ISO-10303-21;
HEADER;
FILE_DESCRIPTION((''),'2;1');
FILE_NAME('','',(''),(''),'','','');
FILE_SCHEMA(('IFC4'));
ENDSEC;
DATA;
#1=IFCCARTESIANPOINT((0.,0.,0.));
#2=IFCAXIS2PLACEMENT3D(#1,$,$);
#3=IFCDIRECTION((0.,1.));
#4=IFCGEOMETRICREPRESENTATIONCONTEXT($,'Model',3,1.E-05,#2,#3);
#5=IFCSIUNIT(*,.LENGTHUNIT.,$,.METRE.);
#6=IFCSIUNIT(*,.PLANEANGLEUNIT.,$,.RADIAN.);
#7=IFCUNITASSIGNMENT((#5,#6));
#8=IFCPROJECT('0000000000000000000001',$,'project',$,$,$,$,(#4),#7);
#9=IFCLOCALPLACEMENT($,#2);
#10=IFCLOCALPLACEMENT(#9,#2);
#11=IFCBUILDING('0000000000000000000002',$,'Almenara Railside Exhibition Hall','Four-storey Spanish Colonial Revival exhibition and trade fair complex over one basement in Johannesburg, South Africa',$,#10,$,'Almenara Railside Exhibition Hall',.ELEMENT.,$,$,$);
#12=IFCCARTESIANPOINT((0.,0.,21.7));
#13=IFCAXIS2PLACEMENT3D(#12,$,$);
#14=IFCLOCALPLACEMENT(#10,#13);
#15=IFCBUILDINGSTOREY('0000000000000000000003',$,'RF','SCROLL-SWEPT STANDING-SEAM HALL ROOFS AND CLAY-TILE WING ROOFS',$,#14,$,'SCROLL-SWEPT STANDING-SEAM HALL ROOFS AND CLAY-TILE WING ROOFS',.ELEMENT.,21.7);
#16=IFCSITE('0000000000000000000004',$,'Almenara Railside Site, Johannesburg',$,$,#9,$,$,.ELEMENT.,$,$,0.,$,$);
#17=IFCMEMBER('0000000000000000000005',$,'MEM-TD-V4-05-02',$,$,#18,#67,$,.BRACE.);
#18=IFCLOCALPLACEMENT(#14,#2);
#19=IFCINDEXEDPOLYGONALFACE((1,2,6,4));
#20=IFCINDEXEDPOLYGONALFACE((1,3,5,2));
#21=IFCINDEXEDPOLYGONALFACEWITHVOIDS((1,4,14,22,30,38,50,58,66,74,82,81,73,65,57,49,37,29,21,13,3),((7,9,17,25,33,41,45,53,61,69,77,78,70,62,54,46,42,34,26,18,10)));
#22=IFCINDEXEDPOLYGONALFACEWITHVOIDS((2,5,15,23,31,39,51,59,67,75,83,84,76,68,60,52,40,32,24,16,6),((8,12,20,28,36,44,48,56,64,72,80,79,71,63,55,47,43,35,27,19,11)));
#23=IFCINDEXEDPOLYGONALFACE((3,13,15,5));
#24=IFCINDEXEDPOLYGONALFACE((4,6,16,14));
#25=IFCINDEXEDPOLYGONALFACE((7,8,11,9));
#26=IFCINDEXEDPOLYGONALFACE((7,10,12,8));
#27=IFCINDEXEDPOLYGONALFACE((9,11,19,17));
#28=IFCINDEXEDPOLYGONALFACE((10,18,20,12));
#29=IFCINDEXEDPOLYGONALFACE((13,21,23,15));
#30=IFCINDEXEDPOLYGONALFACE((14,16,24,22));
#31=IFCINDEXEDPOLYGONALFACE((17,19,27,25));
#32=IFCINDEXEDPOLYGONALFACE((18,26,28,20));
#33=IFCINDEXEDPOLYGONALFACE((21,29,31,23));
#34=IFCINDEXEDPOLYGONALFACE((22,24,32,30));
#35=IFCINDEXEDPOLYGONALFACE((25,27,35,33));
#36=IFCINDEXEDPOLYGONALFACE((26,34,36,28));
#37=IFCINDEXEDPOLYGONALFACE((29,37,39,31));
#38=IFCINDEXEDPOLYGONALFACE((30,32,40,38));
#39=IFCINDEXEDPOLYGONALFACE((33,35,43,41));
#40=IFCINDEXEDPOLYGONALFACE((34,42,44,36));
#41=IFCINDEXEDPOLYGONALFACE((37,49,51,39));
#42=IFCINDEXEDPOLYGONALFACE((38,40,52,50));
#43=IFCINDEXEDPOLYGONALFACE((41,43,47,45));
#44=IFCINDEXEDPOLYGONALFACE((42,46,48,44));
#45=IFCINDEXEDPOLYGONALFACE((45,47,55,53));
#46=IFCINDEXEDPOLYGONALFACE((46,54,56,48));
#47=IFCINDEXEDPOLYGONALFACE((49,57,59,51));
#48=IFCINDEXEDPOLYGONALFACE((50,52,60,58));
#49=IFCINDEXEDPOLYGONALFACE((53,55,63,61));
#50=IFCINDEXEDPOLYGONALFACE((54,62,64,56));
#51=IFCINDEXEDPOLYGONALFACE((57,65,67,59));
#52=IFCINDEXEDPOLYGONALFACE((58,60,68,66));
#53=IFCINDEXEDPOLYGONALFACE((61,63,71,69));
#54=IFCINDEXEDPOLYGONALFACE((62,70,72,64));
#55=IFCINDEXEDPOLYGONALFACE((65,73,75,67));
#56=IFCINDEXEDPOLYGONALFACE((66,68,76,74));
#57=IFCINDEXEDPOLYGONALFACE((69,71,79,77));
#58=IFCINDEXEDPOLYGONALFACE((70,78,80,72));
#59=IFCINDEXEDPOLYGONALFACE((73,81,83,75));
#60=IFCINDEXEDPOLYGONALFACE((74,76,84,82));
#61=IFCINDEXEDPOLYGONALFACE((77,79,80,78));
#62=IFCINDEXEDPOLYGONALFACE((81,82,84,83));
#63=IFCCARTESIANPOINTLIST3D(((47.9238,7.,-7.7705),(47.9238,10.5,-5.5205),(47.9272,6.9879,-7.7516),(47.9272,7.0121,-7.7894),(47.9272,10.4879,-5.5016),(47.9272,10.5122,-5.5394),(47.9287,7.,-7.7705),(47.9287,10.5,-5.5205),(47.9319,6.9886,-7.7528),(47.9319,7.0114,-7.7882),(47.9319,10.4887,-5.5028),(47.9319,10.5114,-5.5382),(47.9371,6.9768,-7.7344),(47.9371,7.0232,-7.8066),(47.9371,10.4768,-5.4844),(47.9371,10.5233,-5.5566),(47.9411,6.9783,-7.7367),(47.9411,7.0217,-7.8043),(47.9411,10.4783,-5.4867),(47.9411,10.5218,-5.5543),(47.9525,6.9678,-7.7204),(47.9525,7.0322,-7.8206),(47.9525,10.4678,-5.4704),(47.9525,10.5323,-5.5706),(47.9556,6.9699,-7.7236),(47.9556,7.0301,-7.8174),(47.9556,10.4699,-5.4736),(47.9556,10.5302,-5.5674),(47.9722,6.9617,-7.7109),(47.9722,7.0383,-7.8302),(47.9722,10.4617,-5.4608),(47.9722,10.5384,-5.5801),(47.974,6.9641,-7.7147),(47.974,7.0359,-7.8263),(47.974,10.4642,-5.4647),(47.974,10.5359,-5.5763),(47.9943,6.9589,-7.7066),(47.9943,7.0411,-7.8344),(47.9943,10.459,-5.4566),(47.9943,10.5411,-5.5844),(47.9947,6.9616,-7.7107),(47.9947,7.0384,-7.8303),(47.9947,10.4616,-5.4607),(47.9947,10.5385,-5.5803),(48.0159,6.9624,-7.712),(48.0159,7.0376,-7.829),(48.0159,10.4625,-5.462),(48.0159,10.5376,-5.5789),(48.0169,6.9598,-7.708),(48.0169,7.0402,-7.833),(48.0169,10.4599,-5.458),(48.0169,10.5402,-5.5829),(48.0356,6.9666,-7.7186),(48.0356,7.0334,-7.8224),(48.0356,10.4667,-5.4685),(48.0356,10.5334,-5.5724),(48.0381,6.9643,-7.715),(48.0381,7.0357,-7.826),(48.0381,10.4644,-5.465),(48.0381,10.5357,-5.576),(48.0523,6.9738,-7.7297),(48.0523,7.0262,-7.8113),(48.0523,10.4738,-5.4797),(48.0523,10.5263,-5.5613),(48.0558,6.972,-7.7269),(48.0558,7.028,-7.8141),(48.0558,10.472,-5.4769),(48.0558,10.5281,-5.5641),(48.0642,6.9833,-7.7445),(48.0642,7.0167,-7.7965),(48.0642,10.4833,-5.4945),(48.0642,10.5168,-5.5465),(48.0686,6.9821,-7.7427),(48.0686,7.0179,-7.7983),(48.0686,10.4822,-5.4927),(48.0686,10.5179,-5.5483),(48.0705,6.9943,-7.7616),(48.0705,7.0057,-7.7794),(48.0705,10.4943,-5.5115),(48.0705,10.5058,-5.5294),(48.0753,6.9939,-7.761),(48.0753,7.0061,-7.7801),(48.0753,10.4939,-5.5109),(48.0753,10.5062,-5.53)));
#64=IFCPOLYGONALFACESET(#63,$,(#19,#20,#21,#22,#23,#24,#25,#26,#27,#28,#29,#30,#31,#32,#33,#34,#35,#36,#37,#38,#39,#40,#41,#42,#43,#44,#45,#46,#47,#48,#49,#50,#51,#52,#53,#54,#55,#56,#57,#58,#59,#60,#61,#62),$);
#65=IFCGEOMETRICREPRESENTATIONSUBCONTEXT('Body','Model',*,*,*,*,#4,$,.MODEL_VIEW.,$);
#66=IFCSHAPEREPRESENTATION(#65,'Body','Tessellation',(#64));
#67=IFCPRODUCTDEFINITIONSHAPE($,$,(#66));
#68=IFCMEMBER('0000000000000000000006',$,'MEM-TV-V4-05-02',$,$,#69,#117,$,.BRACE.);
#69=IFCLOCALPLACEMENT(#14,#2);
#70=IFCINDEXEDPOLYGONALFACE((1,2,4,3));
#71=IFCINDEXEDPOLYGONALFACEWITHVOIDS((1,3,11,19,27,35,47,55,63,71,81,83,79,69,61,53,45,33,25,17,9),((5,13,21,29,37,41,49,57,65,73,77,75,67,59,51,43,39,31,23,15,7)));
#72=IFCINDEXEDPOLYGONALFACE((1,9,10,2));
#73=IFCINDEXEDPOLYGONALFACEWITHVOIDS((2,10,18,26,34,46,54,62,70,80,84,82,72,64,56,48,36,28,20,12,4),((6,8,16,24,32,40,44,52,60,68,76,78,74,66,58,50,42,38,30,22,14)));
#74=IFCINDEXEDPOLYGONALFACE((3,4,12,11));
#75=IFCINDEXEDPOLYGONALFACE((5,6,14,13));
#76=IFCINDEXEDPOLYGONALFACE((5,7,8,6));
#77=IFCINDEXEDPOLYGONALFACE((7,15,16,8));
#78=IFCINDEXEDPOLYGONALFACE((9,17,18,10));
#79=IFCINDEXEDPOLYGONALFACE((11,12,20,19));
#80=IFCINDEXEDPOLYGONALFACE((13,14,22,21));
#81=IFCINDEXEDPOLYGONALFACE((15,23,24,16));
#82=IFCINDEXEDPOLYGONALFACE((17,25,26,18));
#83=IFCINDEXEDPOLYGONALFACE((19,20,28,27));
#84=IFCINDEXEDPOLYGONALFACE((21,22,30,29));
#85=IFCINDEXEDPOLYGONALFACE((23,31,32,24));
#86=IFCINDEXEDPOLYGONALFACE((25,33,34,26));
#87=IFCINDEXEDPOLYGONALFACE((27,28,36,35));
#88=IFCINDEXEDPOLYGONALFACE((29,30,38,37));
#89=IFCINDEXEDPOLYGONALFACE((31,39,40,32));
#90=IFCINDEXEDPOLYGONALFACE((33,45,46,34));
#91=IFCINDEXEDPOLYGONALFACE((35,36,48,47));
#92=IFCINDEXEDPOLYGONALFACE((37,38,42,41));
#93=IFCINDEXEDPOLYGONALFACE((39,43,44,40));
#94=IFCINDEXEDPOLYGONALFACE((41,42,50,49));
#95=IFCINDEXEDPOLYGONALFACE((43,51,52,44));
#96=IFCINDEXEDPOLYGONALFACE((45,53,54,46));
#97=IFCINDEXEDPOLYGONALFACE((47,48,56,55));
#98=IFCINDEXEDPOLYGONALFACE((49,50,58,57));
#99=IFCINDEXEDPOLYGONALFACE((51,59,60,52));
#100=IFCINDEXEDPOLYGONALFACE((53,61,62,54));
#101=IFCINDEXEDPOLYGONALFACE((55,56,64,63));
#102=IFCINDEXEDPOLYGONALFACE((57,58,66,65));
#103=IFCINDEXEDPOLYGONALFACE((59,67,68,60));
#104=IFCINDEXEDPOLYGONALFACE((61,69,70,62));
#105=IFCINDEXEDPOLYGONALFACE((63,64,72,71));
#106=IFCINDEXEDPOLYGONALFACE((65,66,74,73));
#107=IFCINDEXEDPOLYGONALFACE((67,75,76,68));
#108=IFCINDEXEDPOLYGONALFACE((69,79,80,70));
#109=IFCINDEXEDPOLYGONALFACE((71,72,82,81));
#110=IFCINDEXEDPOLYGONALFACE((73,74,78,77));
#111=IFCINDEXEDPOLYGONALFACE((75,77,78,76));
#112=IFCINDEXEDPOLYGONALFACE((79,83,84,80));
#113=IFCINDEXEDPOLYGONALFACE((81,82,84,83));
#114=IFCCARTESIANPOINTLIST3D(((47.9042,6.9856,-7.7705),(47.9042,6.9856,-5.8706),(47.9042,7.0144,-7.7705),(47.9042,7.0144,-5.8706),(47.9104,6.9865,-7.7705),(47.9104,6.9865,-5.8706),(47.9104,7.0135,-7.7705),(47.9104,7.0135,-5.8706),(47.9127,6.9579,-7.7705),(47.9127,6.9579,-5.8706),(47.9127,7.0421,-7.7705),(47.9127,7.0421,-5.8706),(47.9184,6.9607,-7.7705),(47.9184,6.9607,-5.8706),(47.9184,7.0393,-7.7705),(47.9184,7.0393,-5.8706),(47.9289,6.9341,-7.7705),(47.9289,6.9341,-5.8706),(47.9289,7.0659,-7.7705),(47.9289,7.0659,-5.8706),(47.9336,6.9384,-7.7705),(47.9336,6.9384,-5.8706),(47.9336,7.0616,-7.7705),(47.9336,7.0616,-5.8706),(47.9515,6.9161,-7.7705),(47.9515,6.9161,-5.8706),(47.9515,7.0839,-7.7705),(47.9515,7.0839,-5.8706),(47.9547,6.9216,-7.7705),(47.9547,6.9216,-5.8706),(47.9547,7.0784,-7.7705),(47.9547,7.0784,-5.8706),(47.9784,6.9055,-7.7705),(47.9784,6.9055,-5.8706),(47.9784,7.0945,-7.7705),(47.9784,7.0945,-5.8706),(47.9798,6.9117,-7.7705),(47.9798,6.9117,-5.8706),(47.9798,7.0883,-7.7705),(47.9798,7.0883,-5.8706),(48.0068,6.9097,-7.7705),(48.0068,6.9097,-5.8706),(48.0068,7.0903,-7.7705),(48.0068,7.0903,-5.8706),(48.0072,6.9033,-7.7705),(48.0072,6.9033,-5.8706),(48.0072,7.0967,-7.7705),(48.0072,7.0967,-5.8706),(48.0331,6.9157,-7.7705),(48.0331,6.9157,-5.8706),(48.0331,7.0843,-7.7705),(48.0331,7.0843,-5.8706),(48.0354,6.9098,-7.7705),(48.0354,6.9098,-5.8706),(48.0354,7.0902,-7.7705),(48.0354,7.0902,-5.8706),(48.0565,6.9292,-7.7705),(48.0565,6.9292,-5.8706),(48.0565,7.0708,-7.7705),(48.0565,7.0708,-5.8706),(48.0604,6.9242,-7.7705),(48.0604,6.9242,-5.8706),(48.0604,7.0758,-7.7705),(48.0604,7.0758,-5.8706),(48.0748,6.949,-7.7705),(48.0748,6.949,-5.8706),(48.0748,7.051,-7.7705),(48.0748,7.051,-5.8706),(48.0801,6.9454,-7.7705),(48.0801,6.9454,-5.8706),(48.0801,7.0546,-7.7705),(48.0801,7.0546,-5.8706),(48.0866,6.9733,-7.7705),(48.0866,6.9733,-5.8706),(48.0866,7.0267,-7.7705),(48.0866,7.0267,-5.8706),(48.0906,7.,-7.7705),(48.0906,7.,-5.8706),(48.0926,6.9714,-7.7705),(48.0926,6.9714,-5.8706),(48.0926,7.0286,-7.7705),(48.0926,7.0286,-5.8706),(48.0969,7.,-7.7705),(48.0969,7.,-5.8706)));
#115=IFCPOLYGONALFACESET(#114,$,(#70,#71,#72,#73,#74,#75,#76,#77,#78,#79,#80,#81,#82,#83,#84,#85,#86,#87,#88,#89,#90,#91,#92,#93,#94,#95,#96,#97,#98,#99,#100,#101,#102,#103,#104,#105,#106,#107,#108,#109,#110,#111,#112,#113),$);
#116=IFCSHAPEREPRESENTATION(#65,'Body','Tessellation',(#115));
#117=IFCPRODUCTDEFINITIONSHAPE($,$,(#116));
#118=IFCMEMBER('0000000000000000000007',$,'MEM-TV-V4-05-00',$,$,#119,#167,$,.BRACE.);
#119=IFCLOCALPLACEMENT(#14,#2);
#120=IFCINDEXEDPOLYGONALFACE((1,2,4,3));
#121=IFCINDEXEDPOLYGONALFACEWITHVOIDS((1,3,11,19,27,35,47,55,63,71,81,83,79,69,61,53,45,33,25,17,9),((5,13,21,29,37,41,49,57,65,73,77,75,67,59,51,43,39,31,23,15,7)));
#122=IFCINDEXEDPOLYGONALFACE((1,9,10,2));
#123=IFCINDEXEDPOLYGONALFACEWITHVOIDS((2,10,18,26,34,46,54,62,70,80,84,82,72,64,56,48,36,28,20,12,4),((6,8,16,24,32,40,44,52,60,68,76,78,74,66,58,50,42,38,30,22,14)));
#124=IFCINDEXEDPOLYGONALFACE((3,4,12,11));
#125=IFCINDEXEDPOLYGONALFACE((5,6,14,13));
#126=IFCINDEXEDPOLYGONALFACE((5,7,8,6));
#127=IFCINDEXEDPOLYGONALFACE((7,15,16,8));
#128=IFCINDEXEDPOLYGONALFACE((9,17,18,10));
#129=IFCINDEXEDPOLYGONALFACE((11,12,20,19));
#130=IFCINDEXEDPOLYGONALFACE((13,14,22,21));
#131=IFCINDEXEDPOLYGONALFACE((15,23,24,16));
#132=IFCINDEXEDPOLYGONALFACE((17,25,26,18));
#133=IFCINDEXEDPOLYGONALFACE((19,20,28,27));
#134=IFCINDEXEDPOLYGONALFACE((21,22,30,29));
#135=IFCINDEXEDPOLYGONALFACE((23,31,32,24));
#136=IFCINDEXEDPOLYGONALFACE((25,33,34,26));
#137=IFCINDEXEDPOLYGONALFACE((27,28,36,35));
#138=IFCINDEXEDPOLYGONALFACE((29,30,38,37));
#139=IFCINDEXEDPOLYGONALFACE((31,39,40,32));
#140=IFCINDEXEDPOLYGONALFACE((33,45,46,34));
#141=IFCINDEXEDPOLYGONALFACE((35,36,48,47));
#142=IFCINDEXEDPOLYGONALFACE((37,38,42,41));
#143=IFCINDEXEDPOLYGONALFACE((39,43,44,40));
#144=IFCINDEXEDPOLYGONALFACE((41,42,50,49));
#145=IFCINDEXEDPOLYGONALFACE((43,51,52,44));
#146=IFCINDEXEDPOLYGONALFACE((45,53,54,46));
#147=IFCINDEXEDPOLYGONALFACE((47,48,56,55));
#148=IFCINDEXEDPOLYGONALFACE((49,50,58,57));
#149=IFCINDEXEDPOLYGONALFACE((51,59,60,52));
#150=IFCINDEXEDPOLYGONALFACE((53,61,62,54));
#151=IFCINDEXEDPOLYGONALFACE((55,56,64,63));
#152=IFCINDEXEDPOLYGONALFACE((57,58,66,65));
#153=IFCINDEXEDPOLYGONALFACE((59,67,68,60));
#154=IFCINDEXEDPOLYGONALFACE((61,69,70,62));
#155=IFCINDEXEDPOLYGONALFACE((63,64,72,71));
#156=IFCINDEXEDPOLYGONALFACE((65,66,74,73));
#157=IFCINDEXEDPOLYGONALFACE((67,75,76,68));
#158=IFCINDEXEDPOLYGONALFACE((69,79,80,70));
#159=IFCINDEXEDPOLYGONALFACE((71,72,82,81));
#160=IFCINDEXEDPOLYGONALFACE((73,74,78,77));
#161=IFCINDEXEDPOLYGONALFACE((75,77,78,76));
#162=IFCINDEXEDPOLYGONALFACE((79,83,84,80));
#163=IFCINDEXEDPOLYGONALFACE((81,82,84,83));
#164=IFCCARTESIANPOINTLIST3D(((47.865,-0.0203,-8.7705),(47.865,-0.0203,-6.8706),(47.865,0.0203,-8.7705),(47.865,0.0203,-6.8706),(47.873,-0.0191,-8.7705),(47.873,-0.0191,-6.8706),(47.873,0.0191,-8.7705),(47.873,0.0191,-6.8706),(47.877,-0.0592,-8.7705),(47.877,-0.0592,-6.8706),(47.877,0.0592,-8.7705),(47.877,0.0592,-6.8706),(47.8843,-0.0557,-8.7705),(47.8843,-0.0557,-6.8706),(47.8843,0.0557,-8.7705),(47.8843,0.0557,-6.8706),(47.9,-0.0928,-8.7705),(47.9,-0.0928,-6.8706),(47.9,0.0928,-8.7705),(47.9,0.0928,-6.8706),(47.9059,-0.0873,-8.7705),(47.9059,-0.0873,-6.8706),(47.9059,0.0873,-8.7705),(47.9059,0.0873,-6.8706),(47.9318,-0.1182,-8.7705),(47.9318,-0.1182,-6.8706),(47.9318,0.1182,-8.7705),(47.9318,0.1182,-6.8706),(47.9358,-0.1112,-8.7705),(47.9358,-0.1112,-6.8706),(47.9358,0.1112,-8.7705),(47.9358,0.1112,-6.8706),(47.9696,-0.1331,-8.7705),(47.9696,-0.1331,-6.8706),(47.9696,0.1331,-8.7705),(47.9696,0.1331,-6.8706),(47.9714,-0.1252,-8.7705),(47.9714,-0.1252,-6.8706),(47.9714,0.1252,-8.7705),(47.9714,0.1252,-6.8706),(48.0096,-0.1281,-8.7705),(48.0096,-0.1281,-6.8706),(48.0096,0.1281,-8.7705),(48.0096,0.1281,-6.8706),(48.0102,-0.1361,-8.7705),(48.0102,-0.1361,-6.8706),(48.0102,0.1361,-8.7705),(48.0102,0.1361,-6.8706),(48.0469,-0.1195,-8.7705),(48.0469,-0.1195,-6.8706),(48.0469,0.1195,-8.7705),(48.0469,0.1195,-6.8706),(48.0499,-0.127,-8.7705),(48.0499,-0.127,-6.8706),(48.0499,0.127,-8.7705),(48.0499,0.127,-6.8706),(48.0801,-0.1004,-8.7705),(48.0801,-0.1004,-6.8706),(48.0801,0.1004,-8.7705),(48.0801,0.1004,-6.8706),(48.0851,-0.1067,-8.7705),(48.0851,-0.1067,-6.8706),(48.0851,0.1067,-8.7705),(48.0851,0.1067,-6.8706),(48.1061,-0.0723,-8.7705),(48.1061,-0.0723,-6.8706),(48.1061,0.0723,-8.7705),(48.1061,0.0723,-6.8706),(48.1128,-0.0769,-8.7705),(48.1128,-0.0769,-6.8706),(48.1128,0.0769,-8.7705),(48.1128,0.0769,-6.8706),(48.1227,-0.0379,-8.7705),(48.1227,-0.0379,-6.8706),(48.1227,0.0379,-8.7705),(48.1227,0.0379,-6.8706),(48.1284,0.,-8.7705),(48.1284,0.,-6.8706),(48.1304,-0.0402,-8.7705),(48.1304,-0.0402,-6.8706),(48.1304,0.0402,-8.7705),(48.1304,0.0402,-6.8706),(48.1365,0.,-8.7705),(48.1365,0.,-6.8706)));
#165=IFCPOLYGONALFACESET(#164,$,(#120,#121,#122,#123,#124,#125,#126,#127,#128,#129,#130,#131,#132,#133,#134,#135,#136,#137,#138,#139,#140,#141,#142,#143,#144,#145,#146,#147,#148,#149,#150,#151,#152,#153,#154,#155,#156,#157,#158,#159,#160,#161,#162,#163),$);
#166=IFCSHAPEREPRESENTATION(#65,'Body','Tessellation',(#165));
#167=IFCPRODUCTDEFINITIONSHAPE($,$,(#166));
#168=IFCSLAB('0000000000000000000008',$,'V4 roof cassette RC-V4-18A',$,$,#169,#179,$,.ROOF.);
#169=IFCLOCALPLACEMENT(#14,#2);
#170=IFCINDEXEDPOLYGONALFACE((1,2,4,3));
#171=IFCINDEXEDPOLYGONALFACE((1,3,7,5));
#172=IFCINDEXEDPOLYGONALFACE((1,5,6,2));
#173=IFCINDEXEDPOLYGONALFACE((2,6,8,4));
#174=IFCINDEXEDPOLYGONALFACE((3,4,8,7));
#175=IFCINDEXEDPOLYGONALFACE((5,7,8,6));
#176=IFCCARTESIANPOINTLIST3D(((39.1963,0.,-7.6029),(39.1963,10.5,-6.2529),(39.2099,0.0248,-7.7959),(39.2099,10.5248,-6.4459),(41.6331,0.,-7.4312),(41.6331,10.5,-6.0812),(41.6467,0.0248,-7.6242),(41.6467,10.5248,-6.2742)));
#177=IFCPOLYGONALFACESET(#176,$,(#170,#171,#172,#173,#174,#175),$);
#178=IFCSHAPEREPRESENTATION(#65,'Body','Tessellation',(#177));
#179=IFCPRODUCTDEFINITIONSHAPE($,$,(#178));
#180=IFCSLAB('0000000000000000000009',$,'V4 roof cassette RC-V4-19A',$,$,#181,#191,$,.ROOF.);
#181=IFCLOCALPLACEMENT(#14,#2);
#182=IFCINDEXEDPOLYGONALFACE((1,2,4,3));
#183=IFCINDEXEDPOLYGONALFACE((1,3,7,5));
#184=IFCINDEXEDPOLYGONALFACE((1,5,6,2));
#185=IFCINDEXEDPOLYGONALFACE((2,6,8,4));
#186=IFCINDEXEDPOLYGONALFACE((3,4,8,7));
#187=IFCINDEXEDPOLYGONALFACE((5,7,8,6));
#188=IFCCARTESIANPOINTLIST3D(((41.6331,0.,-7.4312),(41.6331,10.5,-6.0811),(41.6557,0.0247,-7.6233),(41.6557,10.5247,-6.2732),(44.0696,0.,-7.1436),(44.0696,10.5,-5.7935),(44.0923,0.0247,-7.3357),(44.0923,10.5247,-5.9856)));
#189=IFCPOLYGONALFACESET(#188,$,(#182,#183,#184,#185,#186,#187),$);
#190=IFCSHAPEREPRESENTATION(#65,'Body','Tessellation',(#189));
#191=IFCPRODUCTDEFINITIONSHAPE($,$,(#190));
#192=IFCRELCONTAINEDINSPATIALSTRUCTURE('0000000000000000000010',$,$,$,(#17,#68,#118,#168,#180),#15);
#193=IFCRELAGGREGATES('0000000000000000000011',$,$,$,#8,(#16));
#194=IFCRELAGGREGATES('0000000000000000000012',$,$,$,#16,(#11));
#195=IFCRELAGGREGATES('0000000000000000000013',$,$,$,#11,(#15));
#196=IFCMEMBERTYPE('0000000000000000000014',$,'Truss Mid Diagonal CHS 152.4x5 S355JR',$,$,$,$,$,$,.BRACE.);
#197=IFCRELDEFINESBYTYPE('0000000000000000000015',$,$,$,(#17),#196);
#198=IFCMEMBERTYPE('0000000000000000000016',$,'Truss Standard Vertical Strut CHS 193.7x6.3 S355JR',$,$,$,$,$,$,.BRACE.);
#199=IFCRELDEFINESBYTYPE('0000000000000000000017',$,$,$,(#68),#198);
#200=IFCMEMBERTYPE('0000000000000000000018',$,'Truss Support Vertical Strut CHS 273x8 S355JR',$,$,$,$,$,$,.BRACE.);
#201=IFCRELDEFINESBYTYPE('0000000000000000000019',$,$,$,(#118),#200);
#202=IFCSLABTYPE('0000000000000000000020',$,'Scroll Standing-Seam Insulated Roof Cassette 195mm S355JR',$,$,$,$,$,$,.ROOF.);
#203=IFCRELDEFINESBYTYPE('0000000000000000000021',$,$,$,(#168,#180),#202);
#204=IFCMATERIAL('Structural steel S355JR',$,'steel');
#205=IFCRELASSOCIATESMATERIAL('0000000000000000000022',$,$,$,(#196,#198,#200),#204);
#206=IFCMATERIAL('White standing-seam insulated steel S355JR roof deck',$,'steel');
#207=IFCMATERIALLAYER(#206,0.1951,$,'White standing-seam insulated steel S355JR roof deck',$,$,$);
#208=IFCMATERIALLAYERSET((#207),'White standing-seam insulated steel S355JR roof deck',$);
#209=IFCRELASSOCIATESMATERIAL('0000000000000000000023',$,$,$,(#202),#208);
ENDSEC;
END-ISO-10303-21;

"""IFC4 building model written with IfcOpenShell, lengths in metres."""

from ifc_helpers import new_model, si_unit, direction, frame, origin, origin_2d, place, context, subcontext, project, spatial, polyline, hollow_circle, outline, extrude, material, layer, layer_set, material_profile, profile_set, type_object, element, save


model = new_model("IFC4")

# Units and contexts
model_context = context("Model", 3, precision=1e-05, world=origin(), true_north=direction((0.0, 1.0)))
body_context = subcontext(model_context, "Body", "Model", "MODEL_VIEW")
ifc_project = project(units=[si_unit("LENGTHUNIT", "METRE"), si_unit("PLANEANGLEUNIT", "RADIAN")], contexts=[model_context])

# Site, building, storey
site_placement = place(None, origin())
site = spatial("IfcSite", under=ifc_project, at=site_placement, Name="Almenara Railside Site, Johannesburg", CompositionType="ELEMENT", RefElevation=0.0)
building_placement = place(site_placement, origin())
building = spatial("IfcBuilding", under=site, at=building_placement, Name="Almenara Railside Exhibition Hall", Description="Four-storey Spanish Colonial Revival exhibition and trade fair complex over one basement in Johannesburg, South Africa", LongName="Almenara Railside Exhibition Hall", CompositionType="ELEMENT")
storey_placement = place(building_placement, frame((0.0, 0.0, 21.7)))
storey = spatial("IfcBuildingStorey", under=building, at=storey_placement, Name="RF", Description="SCROLL-SWEPT STANDING-SEAM HALL ROOFS AND CLAY-TILE WING ROOFS", LongName="SCROLL-SWEPT STANDING-SEAM HALL ROOFS AND CLAY-TILE WING ROOFS", CompositionType="ELEMENT", Elevation=21.7)

# Shared definitions
ifc_material_1 = material(Name="Structural steel S355JR", Category="steel")

# Members
ifc_material_profile_1 = material_profile(ifc_material_1, hollow_circle(Radius=0.0762, WallThickness=0.0049, at=origin_2d()), Name="CHS 152.4x5")
ifc_profile_set_1 = profile_set([ifc_material_profile_1], Name="Structural steel S355JR")
member_type_1 = type_object("IfcMemberType", Name="Truss Mid Diagonal CHS 152.4x5 S355JR", PredefinedType="BRACE", material=ifc_profile_set_1)
member_1_placement = place(storey_placement, frame((48.0, 7.0, -7.7705), z_axis=(0.0, 0.841178, 0.540758), x_axis=(-1.0, 0.0, 0.0)))
element("IfcMember", 1, at=member_1_placement, inside=storey, type_object=member_type_1, Name="MEM-TD-V4-05-02", PredefinedType="BRACE", context=body_context, shape_type="SweptSolid", body=[
    extrude(hollow_circle(Radius=0.0762, WallThickness=0.0049, at=origin_2d()), origin(), (0.0, 0.0, 1.0), 4.1609),
])
ifc_material_profile_2 = material_profile(ifc_material_1, hollow_circle(Radius=0.0969, WallThickness=0.0063, at=origin_2d()), Name="CHS 193.7x6.3")
ifc_profile_set_2 = profile_set([ifc_material_profile_2], Name="Structural steel S355JR")
member_type_2 = type_object("IfcMemberType", Name="Truss Standard Vertical Strut CHS 193.7x6.3 S355JR", PredefinedType="BRACE", material=ifc_profile_set_2)
member_2_placement = place(storey_placement, frame((48.0, 7.0, -7.7705), z_axis=(0.0, 0.0, 1.0), x_axis=(1.0, 0.0, 0.0)))
element("IfcMember", 2, at=member_2_placement, inside=storey, type_object=member_type_2, Name="MEM-TV-V4-05-02", PredefinedType="BRACE", context=body_context, shape_type="SweptSolid", body=[
    extrude(hollow_circle(Radius=0.0969, WallThickness=0.0063, at=origin_2d()), origin(), (0.0, 0.0, 1.0), 1.8999),
])
ifc_material_profile_3 = material_profile(ifc_material_1, hollow_circle(Radius=0.1365, WallThickness=0.0081, at=origin_2d()), Name="CHS 273x8")
ifc_profile_set_3 = profile_set([ifc_material_profile_3], Name="Structural steel S355JR")
member_type_3 = type_object("IfcMemberType", Name="Truss Support Vertical Strut CHS 273x8 S355JR", PredefinedType="BRACE", material=ifc_profile_set_3)
member_3_placement = place(storey_placement, frame((48.0, 0.0, -8.7705), z_axis=(0.0, 0.0, 1.0), x_axis=(1.0, 0.0, 0.0)))
element("IfcMember", 3, at=member_3_placement, inside=storey, type_object=member_type_3, Name="MEM-TV-V4-05-00", PredefinedType="BRACE", context=body_context, shape_type="SweptSolid", body=[
    extrude(hollow_circle(Radius=0.1365, WallThickness=0.0081, at=origin_2d()), origin(), (0.0, 0.0, 1.0), 1.8999),
])

# Slabs
ifc_material_2 = material(Name="White standing-seam insulated steel S355JR roof deck", Category="steel")
ifc_layer_1 = layer(ifc_material_2, 0.1951, Name="White standing-seam insulated steel S355JR roof deck")
ifc_layer_set_1 = layer_set([ifc_layer_1], Name="White standing-seam insulated steel S355JR roof deck")
slab_type = type_object("IfcSlabType", Name="Scroll Standing-Seam Insulated Roof Cassette 195mm S355JR", PredefinedType="ROOF", material=ifc_layer_set_1)
slab_1_placement = place(storey_placement, frame((39.1963, 10.5, -6.2529), z_axis=(-0.069738, -0.127209, 0.989421), x_axis=(0.997525, 0.000006, 0.07031)))
element("IfcSlab", 4, at=slab_1_placement, inside=storey, type_object=slab_type, Name="V4 roof cassette RC-V4-18A", PredefinedType="ROOF", context=body_context, shape_type="SweptSolid", body=[
    extrude(outline(polyline([(0.0, 0.0), (2.4428, 0.0), (2.3478, -10.586), (-0.095, -10.586), (0.0, 0.0)])), origin(), (0.0, 0.0, -1.0), 0.1951),
])
slab_2_placement = place(storey_placement, frame((41.6331, 10.5, -6.0811), z_axis=(-0.116278, -0.126666, 0.985107), x_axis=(0.993106, 0.0, 0.117222)))
element("IfcSlab", 5, at=slab_2_placement, inside=storey, type_object=slab_type, Name="V4 roof cassette RC-V4-19A", PredefinedType="ROOF", context=body_context, shape_type="SweptSolid", body=[
    extrude(outline(polyline([(0.0, 0.0), (2.4534, 0.0), (2.2952, -10.5853), (-0.1583, -10.5853), (0.0, 0.0)])), origin(), (0.0, 0.0, -1.0), 0.1951),
])

save(model, "model.ifc")
